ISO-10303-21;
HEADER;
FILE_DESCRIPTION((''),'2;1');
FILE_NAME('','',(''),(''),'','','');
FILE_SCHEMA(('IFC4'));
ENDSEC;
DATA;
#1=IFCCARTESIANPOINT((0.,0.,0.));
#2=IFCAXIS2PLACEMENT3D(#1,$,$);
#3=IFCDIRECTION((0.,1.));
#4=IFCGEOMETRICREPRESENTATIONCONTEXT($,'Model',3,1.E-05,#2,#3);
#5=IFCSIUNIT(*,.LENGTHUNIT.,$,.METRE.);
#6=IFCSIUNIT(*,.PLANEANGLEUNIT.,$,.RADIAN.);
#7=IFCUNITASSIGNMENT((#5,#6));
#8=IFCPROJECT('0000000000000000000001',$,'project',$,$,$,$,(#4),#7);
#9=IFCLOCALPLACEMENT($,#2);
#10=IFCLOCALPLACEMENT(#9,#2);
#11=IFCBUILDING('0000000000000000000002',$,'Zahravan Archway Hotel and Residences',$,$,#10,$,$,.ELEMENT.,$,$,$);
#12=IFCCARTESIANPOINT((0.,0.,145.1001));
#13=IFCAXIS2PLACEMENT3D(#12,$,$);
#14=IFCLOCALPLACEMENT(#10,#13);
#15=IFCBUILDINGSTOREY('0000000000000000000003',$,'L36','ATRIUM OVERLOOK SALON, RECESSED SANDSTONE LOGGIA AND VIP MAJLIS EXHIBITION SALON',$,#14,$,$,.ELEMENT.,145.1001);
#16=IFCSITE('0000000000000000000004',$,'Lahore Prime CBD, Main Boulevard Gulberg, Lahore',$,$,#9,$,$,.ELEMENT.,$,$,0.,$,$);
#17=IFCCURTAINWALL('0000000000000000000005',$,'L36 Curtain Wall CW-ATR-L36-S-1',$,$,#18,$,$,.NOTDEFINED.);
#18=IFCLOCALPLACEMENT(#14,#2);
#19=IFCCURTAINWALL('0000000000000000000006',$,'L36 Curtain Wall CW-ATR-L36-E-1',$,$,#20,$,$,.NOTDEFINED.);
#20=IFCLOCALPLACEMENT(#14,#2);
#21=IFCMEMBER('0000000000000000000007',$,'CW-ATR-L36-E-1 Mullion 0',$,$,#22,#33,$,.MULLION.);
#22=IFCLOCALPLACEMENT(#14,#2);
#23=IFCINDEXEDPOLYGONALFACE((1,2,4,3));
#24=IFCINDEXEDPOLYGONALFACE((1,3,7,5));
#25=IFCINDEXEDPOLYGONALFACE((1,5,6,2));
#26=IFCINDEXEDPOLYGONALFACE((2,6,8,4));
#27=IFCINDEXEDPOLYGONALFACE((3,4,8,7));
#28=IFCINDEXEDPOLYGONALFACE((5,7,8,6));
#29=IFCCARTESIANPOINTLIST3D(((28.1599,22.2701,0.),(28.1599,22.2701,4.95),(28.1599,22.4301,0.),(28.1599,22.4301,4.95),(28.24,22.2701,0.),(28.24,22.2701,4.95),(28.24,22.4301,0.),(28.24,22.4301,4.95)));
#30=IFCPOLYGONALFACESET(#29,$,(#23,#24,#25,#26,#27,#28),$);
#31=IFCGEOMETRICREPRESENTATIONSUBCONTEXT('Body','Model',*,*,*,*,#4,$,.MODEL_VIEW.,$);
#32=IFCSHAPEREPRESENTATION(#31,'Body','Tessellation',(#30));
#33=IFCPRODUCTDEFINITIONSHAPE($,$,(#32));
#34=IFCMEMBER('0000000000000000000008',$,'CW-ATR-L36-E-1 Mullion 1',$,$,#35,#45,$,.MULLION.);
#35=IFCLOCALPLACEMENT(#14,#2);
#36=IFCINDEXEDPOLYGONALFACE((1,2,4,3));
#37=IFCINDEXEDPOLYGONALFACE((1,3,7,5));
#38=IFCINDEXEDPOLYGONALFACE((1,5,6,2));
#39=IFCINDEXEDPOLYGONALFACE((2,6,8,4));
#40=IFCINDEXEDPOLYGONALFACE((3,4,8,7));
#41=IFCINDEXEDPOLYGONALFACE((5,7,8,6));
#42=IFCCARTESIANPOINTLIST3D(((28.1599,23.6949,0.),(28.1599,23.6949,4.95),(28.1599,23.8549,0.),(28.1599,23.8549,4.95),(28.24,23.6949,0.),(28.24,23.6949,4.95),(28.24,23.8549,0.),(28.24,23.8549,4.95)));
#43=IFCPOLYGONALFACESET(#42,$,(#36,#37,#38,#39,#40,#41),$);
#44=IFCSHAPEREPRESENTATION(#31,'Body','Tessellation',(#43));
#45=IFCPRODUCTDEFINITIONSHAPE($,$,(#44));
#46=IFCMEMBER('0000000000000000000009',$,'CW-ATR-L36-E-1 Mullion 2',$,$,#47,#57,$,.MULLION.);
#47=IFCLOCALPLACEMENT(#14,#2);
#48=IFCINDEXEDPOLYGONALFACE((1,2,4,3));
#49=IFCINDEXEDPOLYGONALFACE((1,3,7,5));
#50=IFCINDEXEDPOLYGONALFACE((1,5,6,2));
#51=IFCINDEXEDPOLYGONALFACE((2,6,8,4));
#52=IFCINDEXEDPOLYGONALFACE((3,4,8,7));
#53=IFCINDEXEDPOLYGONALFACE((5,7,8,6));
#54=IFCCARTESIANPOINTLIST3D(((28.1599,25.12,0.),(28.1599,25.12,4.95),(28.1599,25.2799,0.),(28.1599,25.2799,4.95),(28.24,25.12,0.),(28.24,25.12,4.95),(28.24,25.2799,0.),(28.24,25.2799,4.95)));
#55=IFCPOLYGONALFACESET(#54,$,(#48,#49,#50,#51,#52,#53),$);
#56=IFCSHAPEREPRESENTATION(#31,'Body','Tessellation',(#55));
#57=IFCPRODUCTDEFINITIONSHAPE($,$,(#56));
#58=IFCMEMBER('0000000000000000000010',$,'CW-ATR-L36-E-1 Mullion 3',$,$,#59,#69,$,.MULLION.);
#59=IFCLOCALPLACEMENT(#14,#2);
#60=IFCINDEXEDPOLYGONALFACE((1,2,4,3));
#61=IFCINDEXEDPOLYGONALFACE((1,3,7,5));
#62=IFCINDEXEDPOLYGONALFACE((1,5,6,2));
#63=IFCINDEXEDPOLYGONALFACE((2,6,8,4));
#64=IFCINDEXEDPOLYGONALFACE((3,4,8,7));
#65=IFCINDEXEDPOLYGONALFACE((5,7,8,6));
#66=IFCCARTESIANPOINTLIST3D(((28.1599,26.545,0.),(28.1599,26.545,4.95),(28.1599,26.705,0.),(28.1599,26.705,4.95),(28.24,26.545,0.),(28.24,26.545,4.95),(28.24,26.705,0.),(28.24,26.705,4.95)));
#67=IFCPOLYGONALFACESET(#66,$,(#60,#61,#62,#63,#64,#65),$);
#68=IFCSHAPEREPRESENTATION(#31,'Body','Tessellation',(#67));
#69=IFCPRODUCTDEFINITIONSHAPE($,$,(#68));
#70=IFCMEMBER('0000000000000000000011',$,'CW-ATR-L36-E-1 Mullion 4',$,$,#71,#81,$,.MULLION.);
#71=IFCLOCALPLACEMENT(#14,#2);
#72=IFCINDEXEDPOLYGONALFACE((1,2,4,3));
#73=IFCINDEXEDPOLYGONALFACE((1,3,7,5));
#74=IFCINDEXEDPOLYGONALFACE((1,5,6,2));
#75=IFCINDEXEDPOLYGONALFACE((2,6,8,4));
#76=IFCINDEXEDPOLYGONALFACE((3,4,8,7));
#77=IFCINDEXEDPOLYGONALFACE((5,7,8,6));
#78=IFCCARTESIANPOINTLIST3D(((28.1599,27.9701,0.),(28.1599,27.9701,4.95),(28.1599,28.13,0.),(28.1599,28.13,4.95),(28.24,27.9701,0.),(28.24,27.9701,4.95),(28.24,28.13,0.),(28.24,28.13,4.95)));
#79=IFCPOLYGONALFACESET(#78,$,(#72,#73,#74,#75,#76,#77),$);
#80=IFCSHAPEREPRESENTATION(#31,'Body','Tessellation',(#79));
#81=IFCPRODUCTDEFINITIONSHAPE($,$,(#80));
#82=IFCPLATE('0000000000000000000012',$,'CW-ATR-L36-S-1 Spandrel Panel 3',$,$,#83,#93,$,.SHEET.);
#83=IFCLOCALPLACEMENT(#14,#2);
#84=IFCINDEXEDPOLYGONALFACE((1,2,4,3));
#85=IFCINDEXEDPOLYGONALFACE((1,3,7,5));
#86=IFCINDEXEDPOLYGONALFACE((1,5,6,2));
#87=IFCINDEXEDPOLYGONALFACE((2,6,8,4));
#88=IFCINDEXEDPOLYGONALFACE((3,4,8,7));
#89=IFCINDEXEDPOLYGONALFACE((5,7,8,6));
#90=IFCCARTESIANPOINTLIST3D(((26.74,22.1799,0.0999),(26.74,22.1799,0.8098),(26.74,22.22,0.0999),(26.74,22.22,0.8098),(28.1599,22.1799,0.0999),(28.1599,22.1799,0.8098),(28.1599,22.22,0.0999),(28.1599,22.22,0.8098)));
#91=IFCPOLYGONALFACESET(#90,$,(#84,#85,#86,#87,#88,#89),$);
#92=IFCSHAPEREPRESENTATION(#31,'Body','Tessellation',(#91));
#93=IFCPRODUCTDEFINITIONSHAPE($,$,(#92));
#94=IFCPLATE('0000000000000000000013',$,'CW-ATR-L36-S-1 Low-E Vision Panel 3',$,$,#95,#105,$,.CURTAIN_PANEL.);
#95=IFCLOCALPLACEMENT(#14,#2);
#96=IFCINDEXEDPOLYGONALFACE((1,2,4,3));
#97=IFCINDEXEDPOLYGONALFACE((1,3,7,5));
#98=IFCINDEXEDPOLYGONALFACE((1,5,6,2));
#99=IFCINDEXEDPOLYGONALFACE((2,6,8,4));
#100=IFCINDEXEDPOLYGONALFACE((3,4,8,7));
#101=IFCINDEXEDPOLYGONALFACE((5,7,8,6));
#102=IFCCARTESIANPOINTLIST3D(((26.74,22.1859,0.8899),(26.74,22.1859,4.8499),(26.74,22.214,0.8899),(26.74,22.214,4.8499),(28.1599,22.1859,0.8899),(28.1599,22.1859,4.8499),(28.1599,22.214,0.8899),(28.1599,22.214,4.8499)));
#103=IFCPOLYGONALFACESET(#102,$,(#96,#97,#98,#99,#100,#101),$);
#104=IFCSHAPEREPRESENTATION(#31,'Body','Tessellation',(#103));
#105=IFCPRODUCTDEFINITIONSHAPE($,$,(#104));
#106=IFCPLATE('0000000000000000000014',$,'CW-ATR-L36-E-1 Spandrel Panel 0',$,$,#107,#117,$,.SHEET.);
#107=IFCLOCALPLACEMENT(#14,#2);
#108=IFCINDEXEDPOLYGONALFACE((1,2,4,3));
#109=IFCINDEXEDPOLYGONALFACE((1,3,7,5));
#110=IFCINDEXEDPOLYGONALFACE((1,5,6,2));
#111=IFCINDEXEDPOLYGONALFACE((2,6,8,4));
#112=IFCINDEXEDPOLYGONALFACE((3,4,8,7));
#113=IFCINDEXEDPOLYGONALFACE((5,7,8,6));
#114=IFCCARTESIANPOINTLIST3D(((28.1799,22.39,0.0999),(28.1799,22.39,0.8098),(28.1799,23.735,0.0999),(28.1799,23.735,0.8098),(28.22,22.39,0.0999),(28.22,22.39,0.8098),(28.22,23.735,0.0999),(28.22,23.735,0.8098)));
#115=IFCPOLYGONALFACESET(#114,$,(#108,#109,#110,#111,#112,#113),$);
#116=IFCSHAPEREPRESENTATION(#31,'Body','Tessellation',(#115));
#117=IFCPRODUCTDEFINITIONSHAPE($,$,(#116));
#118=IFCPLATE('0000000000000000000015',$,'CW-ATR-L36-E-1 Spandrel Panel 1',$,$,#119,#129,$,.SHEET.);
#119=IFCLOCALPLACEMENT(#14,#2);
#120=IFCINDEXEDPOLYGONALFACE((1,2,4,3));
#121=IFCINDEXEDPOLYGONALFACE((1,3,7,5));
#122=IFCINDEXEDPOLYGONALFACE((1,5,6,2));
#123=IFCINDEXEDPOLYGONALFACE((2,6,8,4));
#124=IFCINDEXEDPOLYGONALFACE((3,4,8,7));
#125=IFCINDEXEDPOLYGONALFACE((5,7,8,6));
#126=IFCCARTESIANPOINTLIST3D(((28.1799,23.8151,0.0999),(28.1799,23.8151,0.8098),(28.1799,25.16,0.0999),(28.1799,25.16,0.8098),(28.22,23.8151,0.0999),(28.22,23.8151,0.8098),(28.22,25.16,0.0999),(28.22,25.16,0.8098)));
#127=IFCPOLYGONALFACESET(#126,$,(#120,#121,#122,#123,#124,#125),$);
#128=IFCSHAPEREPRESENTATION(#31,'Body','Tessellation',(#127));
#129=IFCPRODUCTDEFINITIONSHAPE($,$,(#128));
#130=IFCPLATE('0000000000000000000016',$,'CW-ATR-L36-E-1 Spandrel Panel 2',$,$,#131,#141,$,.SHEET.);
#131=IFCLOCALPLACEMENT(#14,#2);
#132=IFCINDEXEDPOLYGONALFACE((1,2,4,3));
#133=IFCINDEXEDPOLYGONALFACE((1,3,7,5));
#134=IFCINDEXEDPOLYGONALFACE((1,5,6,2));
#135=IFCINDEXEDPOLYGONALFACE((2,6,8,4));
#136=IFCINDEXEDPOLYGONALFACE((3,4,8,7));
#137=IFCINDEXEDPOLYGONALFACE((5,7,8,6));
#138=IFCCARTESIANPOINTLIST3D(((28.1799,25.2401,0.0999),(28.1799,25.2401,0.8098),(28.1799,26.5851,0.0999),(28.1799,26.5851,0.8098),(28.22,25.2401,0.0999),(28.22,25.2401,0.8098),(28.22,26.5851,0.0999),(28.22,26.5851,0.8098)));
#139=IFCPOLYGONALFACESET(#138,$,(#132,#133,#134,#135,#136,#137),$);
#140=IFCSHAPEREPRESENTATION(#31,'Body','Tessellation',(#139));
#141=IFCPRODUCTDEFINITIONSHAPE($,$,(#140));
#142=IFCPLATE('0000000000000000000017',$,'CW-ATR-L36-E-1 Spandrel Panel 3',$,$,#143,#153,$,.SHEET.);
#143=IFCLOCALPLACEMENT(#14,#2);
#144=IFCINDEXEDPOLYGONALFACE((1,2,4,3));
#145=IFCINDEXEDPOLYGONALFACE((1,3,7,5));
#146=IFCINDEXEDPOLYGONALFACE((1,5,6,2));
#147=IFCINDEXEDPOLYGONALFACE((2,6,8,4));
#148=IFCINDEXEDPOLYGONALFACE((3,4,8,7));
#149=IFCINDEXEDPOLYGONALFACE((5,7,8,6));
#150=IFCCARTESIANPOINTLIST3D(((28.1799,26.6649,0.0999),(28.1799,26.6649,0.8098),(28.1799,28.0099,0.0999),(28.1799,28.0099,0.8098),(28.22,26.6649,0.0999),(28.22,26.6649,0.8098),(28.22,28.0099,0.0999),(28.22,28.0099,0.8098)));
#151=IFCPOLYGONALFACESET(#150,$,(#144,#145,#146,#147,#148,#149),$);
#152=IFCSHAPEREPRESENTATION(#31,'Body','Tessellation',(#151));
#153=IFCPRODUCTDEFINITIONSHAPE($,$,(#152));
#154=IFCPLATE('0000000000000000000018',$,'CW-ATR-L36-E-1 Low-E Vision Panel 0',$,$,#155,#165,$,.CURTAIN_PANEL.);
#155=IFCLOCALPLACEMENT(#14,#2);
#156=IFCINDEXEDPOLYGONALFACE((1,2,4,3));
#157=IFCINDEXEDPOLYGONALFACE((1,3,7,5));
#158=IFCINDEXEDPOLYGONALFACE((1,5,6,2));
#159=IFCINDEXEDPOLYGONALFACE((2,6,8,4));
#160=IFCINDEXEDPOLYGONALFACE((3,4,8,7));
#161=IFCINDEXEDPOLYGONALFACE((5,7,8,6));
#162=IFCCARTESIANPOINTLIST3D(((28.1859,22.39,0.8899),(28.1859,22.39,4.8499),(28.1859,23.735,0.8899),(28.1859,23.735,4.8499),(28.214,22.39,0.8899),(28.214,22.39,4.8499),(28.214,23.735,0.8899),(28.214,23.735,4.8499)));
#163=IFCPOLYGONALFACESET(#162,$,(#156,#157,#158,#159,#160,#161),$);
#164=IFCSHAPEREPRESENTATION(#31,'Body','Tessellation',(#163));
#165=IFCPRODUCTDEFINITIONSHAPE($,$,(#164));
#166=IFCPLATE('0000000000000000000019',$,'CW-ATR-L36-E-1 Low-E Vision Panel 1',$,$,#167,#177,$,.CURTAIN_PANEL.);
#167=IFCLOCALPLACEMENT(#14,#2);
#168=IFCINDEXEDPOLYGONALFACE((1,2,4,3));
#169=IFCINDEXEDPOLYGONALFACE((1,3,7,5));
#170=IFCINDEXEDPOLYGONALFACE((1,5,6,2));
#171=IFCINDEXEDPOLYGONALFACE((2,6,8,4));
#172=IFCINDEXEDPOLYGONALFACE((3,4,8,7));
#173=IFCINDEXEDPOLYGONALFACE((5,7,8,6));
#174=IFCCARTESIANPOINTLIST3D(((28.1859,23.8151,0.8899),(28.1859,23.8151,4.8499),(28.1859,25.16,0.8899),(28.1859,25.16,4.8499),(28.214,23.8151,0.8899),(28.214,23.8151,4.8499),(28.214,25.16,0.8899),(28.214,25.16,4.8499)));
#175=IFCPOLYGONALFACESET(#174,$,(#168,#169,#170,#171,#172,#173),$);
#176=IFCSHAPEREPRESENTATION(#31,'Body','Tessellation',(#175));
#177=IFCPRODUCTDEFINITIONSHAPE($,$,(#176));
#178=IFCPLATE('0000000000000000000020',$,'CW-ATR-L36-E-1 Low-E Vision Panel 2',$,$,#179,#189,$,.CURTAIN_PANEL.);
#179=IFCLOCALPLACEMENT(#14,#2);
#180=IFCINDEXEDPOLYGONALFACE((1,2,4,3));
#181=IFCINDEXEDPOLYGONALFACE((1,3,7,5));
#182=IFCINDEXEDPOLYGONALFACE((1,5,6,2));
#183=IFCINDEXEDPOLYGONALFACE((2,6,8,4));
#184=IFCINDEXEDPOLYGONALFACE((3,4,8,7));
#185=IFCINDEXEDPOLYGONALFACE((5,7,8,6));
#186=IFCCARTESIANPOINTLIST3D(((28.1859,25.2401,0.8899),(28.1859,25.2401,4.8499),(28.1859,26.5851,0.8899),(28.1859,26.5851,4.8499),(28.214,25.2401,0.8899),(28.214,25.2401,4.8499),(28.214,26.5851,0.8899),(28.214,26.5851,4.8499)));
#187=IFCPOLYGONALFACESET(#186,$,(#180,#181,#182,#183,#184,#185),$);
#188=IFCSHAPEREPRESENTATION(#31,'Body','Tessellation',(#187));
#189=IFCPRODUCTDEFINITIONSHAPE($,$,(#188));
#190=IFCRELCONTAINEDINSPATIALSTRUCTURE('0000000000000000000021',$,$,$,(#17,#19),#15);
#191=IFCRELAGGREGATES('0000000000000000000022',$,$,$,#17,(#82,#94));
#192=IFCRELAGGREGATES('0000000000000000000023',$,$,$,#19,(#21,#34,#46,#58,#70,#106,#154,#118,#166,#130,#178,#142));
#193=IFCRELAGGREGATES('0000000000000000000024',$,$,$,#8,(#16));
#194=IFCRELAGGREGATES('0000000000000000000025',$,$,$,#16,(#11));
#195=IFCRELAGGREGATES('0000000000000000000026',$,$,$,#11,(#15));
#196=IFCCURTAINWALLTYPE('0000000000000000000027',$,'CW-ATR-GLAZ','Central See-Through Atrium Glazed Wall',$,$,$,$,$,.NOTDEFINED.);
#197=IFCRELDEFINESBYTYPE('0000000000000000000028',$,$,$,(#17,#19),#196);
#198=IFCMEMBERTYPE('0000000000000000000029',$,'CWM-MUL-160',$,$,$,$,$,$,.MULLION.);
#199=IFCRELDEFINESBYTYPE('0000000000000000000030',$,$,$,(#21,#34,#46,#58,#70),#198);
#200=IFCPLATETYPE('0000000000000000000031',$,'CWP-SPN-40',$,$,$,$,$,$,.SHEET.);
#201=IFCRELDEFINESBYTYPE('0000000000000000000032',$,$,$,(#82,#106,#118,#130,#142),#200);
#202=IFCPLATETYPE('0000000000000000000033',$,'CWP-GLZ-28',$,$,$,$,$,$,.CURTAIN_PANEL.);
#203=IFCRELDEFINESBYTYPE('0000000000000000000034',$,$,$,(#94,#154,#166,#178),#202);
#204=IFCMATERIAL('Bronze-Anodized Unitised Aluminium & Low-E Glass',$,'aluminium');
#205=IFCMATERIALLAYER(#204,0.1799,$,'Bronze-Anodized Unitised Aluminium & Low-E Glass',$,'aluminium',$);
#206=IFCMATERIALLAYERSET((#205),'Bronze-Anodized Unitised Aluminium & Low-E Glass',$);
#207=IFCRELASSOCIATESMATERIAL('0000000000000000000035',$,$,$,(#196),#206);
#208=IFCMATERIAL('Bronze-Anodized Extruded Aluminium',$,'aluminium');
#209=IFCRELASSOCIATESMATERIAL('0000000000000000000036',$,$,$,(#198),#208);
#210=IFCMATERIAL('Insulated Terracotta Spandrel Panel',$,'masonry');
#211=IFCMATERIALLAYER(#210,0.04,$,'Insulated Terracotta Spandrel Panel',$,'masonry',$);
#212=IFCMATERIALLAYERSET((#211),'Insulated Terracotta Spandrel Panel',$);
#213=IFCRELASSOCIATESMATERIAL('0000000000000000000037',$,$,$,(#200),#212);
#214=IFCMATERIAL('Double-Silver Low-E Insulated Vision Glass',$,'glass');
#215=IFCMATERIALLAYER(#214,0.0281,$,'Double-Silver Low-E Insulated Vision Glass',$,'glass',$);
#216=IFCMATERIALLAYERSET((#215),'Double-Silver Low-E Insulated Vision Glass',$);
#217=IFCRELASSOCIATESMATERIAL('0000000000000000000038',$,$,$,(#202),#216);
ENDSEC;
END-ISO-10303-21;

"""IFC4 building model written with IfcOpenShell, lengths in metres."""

from ifc_helpers import new_model, si_unit, direction, frame, origin, origin_2d, place, context, subcontext, project, spatial, rectangle, extrude, source, transform, mapped, material, layer, layer_set, material_profile, profile_set, type_object, element, aggregate, save


model = new_model("IFC4")

# Units and contexts
model_context = context("Model", 3, precision=1e-05, world=origin(), true_north=direction((0.0, 1.0)))
body_context = subcontext(model_context, "Body", "Model", "MODEL_VIEW")
ifc_project = project(units=[si_unit("LENGTHUNIT", "METRE"), si_unit("PLANEANGLEUNIT", "RADIAN")], contexts=[model_context])

# Site, building, storey
site_placement = place(None, origin())
site = spatial("IfcSite", under=ifc_project, at=site_placement, Name="Lahore Prime CBD, Main Boulevard Gulberg, Lahore", CompositionType="ELEMENT", RefElevation=0.0)
building_placement = place(site_placement, origin())
building = spatial("IfcBuilding", under=site, at=building_placement, Name="Zahravan Archway Hotel and Residences", CompositionType="ELEMENT")
storey_placement = place(building_placement, frame((0.0, 0.0, 145.1001)))
storey = spatial("IfcBuildingStorey", under=building, at=storey_placement, Name="L36", Description="ATRIUM OVERLOOK SALON, RECESSED SANDSTONE LOGGIA AND VIP MAJLIS EXHIBITION SALON", CompositionType="ELEMENT", Elevation=145.1001)

# Curtain wall
ifc_material_1 = material(Name="Bronze-Anodized Unitised Aluminium & Low-E Glass", Category="aluminium")
ifc_layer_1 = layer(ifc_material_1, 0.1799, Name="Bronze-Anodized Unitised Aluminium & Low-E Glass", Category="aluminium")
ifc_layer_set_1 = layer_set([ifc_layer_1], Name="Bronze-Anodized Unitised Aluminium & Low-E Glass")
curtain_wall_type = type_object("IfcCurtainWallType", Name="CW-ATR-GLAZ", Description="Central See-Through Atrium Glazed Wall", PredefinedType="NOTDEFINED", material=ifc_layer_set_1)
curtain_wall_1_placement = place(storey_placement, origin())
curtain_wall_1 = element("IfcCurtainWall", 1, at=curtain_wall_1_placement, inside=storey, type_object=curtain_wall_type, Name="L36 Curtain Wall CW-ATR-L36-S-1", PredefinedType="NOTDEFINED")
ifc_material_2 = material(Name="Bronze-Anodized Extruded Aluminium", Category="aluminium")

# Curtain wall
curtain_wall_2_placement = place(storey_placement, origin())
curtain_wall_2 = element("IfcCurtainWall", 2, at=curtain_wall_2_placement, inside=storey, type_object=curtain_wall_type, Name="L36 Curtain Wall CW-ATR-L36-E-1", PredefinedType="NOTDEFINED")

# Members
ifc_material_profile_1 = material_profile(ifc_material_2, rectangle(XDim=0.0801, YDim=0.1599, at=origin_2d()), Name="MUL 80x160", Category="aluminium")
ifc_profile_set_1 = profile_set([ifc_material_profile_1], Name="Bronze-Anodized Extruded Aluminium")
member_type_1 = type_object("IfcMemberType", Name="CWM-MUL-160", PredefinedType="MULLION", material=ifc_profile_set_1)
shared_shape_1 = source(origin(), body_context, "Body", "SweptSolid", [
    extrude(rectangle(XDim=0.0801, YDim=0.1599, at=origin_2d()), origin(), (0.0, 0.0, 1.0), 4.95),
])
member_1_placement = place(storey_placement, frame((28.2, 22.3501, 0.0), z_axis=(0.0, 0.0, 1.0), x_axis=(1.0, 0.0, 0.0)))
member_1 = element("IfcMember", 3, at=member_1_placement, type_object=member_type_1, Name="CW-ATR-L36-E-1 Mullion 0", PredefinedType="MULLION", context=body_context, shape_type="MappedRepresentation", body=[
    mapped(shared_shape_1, transform((0.0, 0.0, 0.0), scale=1.0)),
])
member_2_placement = place(storey_placement, frame((28.2, 23.7749, 0.0), z_axis=(0.0, 0.0, 1.0), x_axis=(1.0, 0.0, 0.0)))
member_2 = element("IfcMember", 4, at=member_2_placement, type_object=member_type_1, Name="CW-ATR-L36-E-1 Mullion 1", PredefinedType="MULLION", context=body_context, shape_type="MappedRepresentation", body=[
    mapped(shared_shape_1, transform((0.0, 0.0, 0.0), scale=1.0)),
])
member_3_placement = place(storey_placement, frame((28.2, 25.2, 0.0), z_axis=(0.0, 0.0, 1.0), x_axis=(1.0, 0.0, 0.0)))
member_3 = element("IfcMember", 5, at=member_3_placement, type_object=member_type_1, Name="CW-ATR-L36-E-1 Mullion 2", PredefinedType="MULLION", context=body_context, shape_type="MappedRepresentation", body=[
    mapped(shared_shape_1, transform((0.0, 0.0, 0.0), scale=1.0)),
])
member_4_placement = place(storey_placement, frame((28.2, 26.625, 0.0), z_axis=(0.0, 0.0, 1.0), x_axis=(1.0, 0.0, 0.0)))
member_4 = element("IfcMember", 6, at=member_4_placement, type_object=member_type_1, Name="CW-ATR-L36-E-1 Mullion 3", PredefinedType="MULLION", context=body_context, shape_type="MappedRepresentation", body=[
    mapped(shared_shape_1, transform((0.0, 0.0, 0.0), scale=1.0)),
])
member_5_placement = place(storey_placement, frame((28.2, 28.05, 0.0), z_axis=(0.0, 0.0, 1.0), x_axis=(1.0, 0.0, 0.0)))
member_5 = element("IfcMember", 7, at=member_5_placement, type_object=member_type_1, Name="CW-ATR-L36-E-1 Mullion 4", PredefinedType="MULLION", context=body_context, shape_type="MappedRepresentation", body=[
    mapped(shared_shape_1, transform((0.0, 0.0, 0.0), scale=1.0)),
])

# Plates
ifc_material_3 = material(Name="Insulated Terracotta Spandrel Panel", Category="masonry")
ifc_layer_2 = layer(ifc_material_3, 0.04, Name="Insulated Terracotta Spandrel Panel", Category="masonry")
ifc_layer_set_2 = layer_set([ifc_layer_2], Name="Insulated Terracotta Spandrel Panel")
plate_type_1 = type_object("IfcPlateType", Name="CWP-SPN-40", PredefinedType="SHEET", material=ifc_layer_set_2)
shared_shape_2 = source(origin(), body_context, "Body", "SweptSolid", [
    extrude(rectangle(XDim=1.4199, YDim=0.04, at=origin_2d()), origin(), (0.0, 0.0, 1.0), 0.71),
])
plate_1_placement = place(storey_placement, frame((27.45, 22.2, 0.0999), z_axis=(0.0, 0.0, 1.0), x_axis=(1.0, 0.0, 0.0)))
plate_1 = element("IfcPlate", 8, at=plate_1_placement, type_object=plate_type_1, Name="CW-ATR-L36-S-1 Spandrel Panel 3", PredefinedType="SHEET", context=body_context, shape_type="MappedRepresentation", body=[
    mapped(shared_shape_2, transform((0.0, 0.0, 0.0), scale=1.0)),
])
ifc_material_4 = material(Name="Double-Silver Low-E Insulated Vision Glass", Category="glass")
ifc_layer_3 = layer(ifc_material_4, 0.0281, Name="Double-Silver Low-E Insulated Vision Glass", Category="glass")
ifc_layer_set_3 = layer_set([ifc_layer_3], Name="Double-Silver Low-E Insulated Vision Glass")
plate_type_2 = type_object("IfcPlateType", Name="CWP-GLZ-28", PredefinedType="CURTAIN_PANEL", material=ifc_layer_set_3)
shared_shape_3 = source(origin(), body_context, "Body", "SweptSolid", [
    extrude(rectangle(XDim=1.4199, YDim=0.0281, at=origin_2d()), origin(), (0.0, 0.0, 1.0), 3.96),
])
plate_2_placement = place(storey_placement, frame((27.45, 22.2, 0.8899), z_axis=(0.0, 0.0, 1.0), x_axis=(1.0, 0.0, 0.0)))
plate_2 = element("IfcPlate", 9, at=plate_2_placement, type_object=plate_type_2, Name="CW-ATR-L36-S-1 Low-E Vision Panel 3", PredefinedType="CURTAIN_PANEL", context=body_context, shape_type="MappedRepresentation", body=[
    mapped(shared_shape_3, transform((0.0, 0.0, 0.0), scale=1.0)),
])
aggregate(curtain_wall_1, [plate_1, plate_2])
shared_shape_4 = source(origin(), body_context, "Body", "SweptSolid", [
    extrude(rectangle(XDim=1.345, YDim=0.04, at=origin_2d()), origin(), (0.0, 0.0, 1.0), 0.71),
])
plate_3_placement = place(storey_placement, frame((28.2, 23.0625, 0.0999), z_axis=(0.0, 0.0, 1.0), x_axis=(0.0, 1.0, 0.0)))
plate_3 = element("IfcPlate", 10, at=plate_3_placement, type_object=plate_type_1, Name="CW-ATR-L36-E-1 Spandrel Panel 0", PredefinedType="SHEET", context=body_context, shape_type="MappedRepresentation", body=[
    mapped(shared_shape_4, transform((0.0, 0.0, 0.0), scale=1.0)),
])
plate_4_placement = place(storey_placement, frame((28.2, 24.4875, 0.0999), z_axis=(0.0, 0.0, 1.0), x_axis=(0.0, 1.0, 0.0)))
plate_4 = element("IfcPlate", 11, at=plate_4_placement, type_object=plate_type_1, Name="CW-ATR-L36-E-1 Spandrel Panel 1", PredefinedType="SHEET", context=body_context, shape_type="MappedRepresentation", body=[
    mapped(shared_shape_4, transform((0.0, 0.0, 0.0), scale=1.0)),
])
plate_5_placement = place(storey_placement, frame((28.2, 25.9126, 0.0999), z_axis=(0.0, 0.0, 1.0), x_axis=(0.0, 1.0, 0.0)))
plate_5 = element("IfcPlate", 12, at=plate_5_placement, type_object=plate_type_1, Name="CW-ATR-L36-E-1 Spandrel Panel 2", PredefinedType="SHEET", context=body_context, shape_type="MappedRepresentation", body=[
    mapped(shared_shape_4, transform((0.0, 0.0, 0.0), scale=1.0)),
])
plate_6_placement = place(storey_placement, frame((28.2, 27.3374, 0.0999), z_axis=(0.0, 0.0, 1.0), x_axis=(0.0, 1.0, 0.0)))
plate_6 = element("IfcPlate", 13, at=plate_6_placement, type_object=plate_type_1, Name="CW-ATR-L36-E-1 Spandrel Panel 3", PredefinedType="SHEET", context=body_context, shape_type="MappedRepresentation", body=[
    mapped(shared_shape_4, transform((0.0, 0.0, 0.0), scale=1.0)),
])
shared_shape_5 = source(origin(), body_context, "Body", "SweptSolid", [
    extrude(rectangle(XDim=1.345, YDim=0.0281, at=origin_2d()), origin(), (0.0, 0.0, 1.0), 3.96),
])
plate_7_placement = place(storey_placement, frame((28.2, 23.0625, 0.8899), z_axis=(0.0, 0.0, 1.0), x_axis=(0.0, 1.0, 0.0)))
plate_7 = element("IfcPlate", 14, at=plate_7_placement, type_object=plate_type_2, Name="CW-ATR-L36-E-1 Low-E Vision Panel 0", PredefinedType="CURTAIN_PANEL", context=body_context, shape_type="MappedRepresentation", body=[
    mapped(shared_shape_5, transform((0.0, 0.0, 0.0), scale=1.0)),
])
plate_8_placement = place(storey_placement, frame((28.2, 24.4875, 0.8899), z_axis=(0.0, 0.0, 1.0), x_axis=(0.0, 1.0, 0.0)))
plate_8 = element("IfcPlate", 15, at=plate_8_placement, type_object=plate_type_2, Name="CW-ATR-L36-E-1 Low-E Vision Panel 1", PredefinedType="CURTAIN_PANEL", context=body_context, shape_type="MappedRepresentation", body=[
    mapped(shared_shape_5, transform((0.0, 0.0, 0.0), scale=1.0)),
])
plate_9_placement = place(storey_placement, frame((28.2, 25.9126, 0.8899), z_axis=(0.0, 0.0, 1.0), x_axis=(0.0, 1.0, 0.0)))
plate_9 = element("IfcPlate", 16, at=plate_9_placement, type_object=plate_type_2, Name="CW-ATR-L36-E-1 Low-E Vision Panel 2", PredefinedType="CURTAIN_PANEL", context=body_context, shape_type="MappedRepresentation", body=[
    mapped(shared_shape_5, transform((0.0, 0.0, 0.0), scale=1.0)),
])
aggregate(curtain_wall_2, [member_1, member_2, member_3, member_4, member_5, plate_3, plate_7, plate_4, plate_8, plate_5, plate_9, plate_6])

save(model, "model.ifc")
